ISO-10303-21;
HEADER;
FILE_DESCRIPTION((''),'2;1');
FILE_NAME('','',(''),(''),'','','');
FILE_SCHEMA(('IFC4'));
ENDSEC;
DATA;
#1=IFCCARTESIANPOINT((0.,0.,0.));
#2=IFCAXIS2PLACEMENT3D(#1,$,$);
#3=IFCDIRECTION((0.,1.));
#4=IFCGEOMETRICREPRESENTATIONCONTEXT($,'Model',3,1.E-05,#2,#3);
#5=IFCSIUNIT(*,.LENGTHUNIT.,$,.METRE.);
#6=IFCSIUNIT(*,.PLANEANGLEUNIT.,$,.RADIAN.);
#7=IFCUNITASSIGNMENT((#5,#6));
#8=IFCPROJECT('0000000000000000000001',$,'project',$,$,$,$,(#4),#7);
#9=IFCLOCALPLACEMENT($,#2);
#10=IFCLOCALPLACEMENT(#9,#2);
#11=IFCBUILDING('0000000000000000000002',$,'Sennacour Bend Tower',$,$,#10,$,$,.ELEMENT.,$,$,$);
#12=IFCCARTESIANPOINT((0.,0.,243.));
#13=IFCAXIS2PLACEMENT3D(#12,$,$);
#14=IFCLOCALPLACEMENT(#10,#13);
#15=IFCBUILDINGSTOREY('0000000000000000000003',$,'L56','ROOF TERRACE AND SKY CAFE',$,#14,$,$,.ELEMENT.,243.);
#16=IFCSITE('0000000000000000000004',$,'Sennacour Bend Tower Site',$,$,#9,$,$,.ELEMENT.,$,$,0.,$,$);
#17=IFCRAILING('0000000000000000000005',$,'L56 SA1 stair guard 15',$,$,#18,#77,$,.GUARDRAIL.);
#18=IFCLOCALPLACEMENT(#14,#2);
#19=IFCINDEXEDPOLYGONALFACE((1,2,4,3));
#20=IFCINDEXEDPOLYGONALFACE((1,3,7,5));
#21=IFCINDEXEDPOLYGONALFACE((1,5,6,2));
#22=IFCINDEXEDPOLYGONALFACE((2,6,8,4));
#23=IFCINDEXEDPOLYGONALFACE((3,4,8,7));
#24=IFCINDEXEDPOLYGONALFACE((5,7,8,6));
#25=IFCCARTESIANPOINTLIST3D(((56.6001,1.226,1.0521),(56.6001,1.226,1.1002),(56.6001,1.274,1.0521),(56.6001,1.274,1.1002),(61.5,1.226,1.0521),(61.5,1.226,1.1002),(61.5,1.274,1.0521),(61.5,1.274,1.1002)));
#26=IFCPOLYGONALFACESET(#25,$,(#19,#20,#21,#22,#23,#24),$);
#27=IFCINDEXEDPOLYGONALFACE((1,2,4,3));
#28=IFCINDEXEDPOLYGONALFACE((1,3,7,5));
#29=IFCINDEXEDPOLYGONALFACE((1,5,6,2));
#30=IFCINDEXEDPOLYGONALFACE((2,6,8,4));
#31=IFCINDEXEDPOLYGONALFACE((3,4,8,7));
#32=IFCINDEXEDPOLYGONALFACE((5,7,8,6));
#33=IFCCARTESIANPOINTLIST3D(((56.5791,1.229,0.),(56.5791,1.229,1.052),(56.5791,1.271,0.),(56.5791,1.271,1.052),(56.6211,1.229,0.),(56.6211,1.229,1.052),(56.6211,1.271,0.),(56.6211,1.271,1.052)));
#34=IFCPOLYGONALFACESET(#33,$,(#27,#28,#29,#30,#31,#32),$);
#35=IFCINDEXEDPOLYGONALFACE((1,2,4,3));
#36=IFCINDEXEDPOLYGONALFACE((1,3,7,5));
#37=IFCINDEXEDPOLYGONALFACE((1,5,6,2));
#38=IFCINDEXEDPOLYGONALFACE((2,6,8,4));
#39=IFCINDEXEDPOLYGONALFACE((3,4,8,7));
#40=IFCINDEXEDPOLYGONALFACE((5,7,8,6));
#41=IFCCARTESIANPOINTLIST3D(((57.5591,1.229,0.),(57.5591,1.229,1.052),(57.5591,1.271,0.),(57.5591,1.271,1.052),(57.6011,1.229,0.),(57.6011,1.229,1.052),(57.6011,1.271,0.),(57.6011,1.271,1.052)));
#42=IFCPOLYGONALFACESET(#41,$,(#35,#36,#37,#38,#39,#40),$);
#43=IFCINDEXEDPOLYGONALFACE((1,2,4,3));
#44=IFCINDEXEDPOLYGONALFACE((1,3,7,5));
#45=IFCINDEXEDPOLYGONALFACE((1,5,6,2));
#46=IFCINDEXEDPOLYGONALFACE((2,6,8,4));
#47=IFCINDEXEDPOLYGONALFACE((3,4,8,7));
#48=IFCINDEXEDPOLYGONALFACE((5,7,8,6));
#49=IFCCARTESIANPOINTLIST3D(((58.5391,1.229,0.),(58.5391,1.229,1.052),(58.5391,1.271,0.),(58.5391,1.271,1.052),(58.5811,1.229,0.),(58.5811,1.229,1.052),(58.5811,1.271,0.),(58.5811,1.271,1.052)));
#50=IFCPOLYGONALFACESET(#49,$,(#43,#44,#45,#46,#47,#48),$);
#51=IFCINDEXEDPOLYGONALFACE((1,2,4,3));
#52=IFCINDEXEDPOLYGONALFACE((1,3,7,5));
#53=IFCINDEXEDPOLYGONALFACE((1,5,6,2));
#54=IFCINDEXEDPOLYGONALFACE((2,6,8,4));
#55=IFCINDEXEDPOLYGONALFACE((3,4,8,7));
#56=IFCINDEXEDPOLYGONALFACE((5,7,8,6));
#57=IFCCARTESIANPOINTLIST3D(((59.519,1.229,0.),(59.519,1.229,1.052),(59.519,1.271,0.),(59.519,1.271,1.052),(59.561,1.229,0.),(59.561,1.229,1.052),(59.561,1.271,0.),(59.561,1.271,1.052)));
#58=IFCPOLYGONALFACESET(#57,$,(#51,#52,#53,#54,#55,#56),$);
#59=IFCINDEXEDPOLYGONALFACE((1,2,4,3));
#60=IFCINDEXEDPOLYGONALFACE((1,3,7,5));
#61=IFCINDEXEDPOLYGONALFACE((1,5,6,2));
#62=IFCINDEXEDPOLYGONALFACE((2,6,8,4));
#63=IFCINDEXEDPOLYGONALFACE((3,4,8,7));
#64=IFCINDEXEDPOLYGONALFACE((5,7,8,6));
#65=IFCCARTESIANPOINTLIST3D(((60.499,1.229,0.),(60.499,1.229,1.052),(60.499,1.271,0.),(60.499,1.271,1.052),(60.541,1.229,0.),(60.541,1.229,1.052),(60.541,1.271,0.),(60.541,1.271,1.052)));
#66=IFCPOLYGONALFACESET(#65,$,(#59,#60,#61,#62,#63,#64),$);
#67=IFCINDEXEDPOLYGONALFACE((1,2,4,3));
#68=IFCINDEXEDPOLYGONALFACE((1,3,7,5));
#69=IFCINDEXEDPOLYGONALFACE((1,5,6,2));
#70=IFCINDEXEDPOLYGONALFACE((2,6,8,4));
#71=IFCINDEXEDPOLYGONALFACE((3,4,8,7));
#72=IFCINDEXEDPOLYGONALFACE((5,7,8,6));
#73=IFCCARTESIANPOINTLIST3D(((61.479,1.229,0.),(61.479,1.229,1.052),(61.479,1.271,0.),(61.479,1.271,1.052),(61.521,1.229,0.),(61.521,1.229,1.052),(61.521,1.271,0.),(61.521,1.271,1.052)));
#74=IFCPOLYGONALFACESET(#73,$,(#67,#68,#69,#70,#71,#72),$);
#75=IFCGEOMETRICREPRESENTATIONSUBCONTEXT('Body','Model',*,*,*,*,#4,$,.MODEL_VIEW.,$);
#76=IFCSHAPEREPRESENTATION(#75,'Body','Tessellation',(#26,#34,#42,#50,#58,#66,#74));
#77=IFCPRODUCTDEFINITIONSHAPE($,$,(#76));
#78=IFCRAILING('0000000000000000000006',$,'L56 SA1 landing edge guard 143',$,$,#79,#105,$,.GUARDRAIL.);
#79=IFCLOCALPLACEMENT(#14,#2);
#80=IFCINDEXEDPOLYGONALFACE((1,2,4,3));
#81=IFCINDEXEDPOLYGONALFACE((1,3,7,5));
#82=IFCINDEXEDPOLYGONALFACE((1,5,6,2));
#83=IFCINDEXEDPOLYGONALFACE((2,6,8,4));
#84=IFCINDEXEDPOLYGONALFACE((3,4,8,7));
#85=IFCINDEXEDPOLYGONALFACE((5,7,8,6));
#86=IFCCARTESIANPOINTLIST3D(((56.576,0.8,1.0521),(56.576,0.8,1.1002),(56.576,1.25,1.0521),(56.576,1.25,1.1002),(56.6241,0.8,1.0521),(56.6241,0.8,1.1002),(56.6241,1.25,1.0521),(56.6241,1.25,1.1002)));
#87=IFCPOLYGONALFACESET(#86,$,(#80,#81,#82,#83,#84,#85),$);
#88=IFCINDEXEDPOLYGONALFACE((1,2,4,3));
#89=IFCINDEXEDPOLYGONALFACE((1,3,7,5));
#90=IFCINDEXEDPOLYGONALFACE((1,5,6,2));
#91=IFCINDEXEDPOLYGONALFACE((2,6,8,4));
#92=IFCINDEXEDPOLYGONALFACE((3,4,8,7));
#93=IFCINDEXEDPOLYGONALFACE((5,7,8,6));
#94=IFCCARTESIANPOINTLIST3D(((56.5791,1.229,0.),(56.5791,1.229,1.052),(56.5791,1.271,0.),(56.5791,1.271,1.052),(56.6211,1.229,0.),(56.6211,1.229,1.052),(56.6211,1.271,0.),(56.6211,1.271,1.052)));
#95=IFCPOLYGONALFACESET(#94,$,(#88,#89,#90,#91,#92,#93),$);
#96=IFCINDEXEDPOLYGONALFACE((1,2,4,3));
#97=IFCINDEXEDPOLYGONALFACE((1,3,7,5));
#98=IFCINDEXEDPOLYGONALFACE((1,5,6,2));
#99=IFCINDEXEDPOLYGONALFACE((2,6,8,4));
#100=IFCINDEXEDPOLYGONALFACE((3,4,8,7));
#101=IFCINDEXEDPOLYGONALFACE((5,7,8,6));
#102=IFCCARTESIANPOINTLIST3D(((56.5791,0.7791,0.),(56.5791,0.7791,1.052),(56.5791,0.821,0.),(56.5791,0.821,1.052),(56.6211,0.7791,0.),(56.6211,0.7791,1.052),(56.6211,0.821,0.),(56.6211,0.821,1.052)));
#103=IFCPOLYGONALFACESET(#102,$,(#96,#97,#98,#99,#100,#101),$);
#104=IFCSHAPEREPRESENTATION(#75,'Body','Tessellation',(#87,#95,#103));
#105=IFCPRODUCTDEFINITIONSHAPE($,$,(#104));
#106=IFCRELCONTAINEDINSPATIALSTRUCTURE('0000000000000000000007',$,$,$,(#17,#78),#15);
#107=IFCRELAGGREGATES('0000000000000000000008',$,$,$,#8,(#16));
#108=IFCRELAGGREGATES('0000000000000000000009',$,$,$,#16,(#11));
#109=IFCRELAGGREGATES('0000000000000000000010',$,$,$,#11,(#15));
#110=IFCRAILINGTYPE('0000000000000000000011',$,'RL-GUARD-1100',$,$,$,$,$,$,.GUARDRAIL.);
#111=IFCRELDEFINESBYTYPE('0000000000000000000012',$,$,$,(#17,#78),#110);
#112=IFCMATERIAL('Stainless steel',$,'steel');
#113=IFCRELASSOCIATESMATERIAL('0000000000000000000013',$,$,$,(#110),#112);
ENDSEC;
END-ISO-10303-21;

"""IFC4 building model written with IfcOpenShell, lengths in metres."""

from ifc_helpers import new_model, si_unit, direction, frame, origin, origin_2d, place, context, subcontext, project, spatial, rectangle, extrude, material, type_object, element, save


model = new_model("IFC4")

# Units and contexts
model_context = context("Model", 3, precision=1e-05, world=origin(), true_north=direction((0.0, 1.0)))
body_context = subcontext(model_context, "Body", "Model", "MODEL_VIEW")
ifc_project = project(units=[si_unit("LENGTHUNIT", "METRE"), si_unit("PLANEANGLEUNIT", "RADIAN")], contexts=[model_context])

# Site, building, storey
site_placement = place(None, origin())
site = spatial("IfcSite", under=ifc_project, at=site_placement, Name="Sennacour Bend Tower Site", CompositionType="ELEMENT", RefElevation=0.0)
building_placement = place(site_placement, origin())
building = spatial("IfcBuilding", under=site, at=building_placement, Name="Sennacour Bend Tower", CompositionType="ELEMENT")
storey_placement = place(building_placement, frame((0.0, 0.0, 243.0)))
storey = spatial("IfcBuildingStorey", under=building, at=storey_placement, Name="L56", Description="ROOF TERRACE AND SKY CAFE", CompositionType="ELEMENT", Elevation=243.0)

# Railings
ifc_material_1 = material(Name="Stainless steel", Category="steel")
railing_type_1 = type_object("IfcRailingType", Name="RL-GUARD-1100", PredefinedType="GUARDRAIL", material=ifc_material_1)
railing_1_placement = place(storey_placement, frame((56.6001, 1.25, 0.0)))
element("IfcRailing", 1, at=railing_1_placement, inside=storey, type_object=railing_type_1, Name="L56 SA1 stair guard 15", PredefinedType="GUARDRAIL", context=body_context, shape_type="SweptSolid", body=[
    extrude(rectangle(XDim=0.0481, YDim=0.0481, at=origin_2d()), frame((0.0, 0.0, 1.0762), z_axis=(1.0, 0.0, 0.0), x_axis=(0.0, 1.0, 0.0)), (0.0, 0.0, 1.0), 4.8999),
    extrude(rectangle(XDim=0.042, YDim=0.042, at=origin_2d()), origin(), (0.0, 0.0, 1.0), 1.052),
    extrude(rectangle(XDim=0.042, YDim=0.042, at=origin_2d()), frame((0.98, 0.0, 0.0)), (0.0, 0.0, 1.0), 1.052),
    extrude(rectangle(XDim=0.042, YDim=0.042, at=origin_2d()), frame((1.96, 0.0, 0.0)), (0.0, 0.0, 1.0), 1.052),
    extrude(rectangle(XDim=0.042, YDim=0.042, at=origin_2d()), frame((2.9399, 0.0, 0.0)), (0.0, 0.0, 1.0), 1.052),
    extrude(rectangle(XDim=0.042, YDim=0.042, at=origin_2d()), frame((3.9199, 0.0, 0.0)), (0.0, 0.0, 1.0), 1.052),
    extrude(rectangle(XDim=0.042, YDim=0.042, at=origin_2d()), frame((4.8999, 0.0, 0.0)), (0.0, 0.0, 1.0), 1.052),
])
railing_2_placement = place(storey_placement, frame((56.6001, 1.25, 0.0)))
element("IfcRailing", 2, at=railing_2_placement, inside=storey, type_object=railing_type_1, Name="L56 SA1 landing edge guard 143", PredefinedType="GUARDRAIL", context=body_context, shape_type="SweptSolid", body=[
    extrude(rectangle(XDim=0.0481, YDim=0.0481, at=origin_2d()), frame((0.0, 0.0, 1.0762), z_axis=(0.0, -1.0, 0.0), x_axis=(1.0, 0.0, 0.0)), (0.0, 0.0, 1.0), 0.45),
    extrude(rectangle(XDim=0.042, YDim=0.042, at=origin_2d()), origin(), (0.0, 0.0, 1.0), 1.052),
    extrude(rectangle(XDim=0.042, YDim=0.042, at=origin_2d()), frame((0.0, -0.45, 0.0)), (0.0, 0.0, 1.0), 1.052),
])

save(model, "model.ifc")
